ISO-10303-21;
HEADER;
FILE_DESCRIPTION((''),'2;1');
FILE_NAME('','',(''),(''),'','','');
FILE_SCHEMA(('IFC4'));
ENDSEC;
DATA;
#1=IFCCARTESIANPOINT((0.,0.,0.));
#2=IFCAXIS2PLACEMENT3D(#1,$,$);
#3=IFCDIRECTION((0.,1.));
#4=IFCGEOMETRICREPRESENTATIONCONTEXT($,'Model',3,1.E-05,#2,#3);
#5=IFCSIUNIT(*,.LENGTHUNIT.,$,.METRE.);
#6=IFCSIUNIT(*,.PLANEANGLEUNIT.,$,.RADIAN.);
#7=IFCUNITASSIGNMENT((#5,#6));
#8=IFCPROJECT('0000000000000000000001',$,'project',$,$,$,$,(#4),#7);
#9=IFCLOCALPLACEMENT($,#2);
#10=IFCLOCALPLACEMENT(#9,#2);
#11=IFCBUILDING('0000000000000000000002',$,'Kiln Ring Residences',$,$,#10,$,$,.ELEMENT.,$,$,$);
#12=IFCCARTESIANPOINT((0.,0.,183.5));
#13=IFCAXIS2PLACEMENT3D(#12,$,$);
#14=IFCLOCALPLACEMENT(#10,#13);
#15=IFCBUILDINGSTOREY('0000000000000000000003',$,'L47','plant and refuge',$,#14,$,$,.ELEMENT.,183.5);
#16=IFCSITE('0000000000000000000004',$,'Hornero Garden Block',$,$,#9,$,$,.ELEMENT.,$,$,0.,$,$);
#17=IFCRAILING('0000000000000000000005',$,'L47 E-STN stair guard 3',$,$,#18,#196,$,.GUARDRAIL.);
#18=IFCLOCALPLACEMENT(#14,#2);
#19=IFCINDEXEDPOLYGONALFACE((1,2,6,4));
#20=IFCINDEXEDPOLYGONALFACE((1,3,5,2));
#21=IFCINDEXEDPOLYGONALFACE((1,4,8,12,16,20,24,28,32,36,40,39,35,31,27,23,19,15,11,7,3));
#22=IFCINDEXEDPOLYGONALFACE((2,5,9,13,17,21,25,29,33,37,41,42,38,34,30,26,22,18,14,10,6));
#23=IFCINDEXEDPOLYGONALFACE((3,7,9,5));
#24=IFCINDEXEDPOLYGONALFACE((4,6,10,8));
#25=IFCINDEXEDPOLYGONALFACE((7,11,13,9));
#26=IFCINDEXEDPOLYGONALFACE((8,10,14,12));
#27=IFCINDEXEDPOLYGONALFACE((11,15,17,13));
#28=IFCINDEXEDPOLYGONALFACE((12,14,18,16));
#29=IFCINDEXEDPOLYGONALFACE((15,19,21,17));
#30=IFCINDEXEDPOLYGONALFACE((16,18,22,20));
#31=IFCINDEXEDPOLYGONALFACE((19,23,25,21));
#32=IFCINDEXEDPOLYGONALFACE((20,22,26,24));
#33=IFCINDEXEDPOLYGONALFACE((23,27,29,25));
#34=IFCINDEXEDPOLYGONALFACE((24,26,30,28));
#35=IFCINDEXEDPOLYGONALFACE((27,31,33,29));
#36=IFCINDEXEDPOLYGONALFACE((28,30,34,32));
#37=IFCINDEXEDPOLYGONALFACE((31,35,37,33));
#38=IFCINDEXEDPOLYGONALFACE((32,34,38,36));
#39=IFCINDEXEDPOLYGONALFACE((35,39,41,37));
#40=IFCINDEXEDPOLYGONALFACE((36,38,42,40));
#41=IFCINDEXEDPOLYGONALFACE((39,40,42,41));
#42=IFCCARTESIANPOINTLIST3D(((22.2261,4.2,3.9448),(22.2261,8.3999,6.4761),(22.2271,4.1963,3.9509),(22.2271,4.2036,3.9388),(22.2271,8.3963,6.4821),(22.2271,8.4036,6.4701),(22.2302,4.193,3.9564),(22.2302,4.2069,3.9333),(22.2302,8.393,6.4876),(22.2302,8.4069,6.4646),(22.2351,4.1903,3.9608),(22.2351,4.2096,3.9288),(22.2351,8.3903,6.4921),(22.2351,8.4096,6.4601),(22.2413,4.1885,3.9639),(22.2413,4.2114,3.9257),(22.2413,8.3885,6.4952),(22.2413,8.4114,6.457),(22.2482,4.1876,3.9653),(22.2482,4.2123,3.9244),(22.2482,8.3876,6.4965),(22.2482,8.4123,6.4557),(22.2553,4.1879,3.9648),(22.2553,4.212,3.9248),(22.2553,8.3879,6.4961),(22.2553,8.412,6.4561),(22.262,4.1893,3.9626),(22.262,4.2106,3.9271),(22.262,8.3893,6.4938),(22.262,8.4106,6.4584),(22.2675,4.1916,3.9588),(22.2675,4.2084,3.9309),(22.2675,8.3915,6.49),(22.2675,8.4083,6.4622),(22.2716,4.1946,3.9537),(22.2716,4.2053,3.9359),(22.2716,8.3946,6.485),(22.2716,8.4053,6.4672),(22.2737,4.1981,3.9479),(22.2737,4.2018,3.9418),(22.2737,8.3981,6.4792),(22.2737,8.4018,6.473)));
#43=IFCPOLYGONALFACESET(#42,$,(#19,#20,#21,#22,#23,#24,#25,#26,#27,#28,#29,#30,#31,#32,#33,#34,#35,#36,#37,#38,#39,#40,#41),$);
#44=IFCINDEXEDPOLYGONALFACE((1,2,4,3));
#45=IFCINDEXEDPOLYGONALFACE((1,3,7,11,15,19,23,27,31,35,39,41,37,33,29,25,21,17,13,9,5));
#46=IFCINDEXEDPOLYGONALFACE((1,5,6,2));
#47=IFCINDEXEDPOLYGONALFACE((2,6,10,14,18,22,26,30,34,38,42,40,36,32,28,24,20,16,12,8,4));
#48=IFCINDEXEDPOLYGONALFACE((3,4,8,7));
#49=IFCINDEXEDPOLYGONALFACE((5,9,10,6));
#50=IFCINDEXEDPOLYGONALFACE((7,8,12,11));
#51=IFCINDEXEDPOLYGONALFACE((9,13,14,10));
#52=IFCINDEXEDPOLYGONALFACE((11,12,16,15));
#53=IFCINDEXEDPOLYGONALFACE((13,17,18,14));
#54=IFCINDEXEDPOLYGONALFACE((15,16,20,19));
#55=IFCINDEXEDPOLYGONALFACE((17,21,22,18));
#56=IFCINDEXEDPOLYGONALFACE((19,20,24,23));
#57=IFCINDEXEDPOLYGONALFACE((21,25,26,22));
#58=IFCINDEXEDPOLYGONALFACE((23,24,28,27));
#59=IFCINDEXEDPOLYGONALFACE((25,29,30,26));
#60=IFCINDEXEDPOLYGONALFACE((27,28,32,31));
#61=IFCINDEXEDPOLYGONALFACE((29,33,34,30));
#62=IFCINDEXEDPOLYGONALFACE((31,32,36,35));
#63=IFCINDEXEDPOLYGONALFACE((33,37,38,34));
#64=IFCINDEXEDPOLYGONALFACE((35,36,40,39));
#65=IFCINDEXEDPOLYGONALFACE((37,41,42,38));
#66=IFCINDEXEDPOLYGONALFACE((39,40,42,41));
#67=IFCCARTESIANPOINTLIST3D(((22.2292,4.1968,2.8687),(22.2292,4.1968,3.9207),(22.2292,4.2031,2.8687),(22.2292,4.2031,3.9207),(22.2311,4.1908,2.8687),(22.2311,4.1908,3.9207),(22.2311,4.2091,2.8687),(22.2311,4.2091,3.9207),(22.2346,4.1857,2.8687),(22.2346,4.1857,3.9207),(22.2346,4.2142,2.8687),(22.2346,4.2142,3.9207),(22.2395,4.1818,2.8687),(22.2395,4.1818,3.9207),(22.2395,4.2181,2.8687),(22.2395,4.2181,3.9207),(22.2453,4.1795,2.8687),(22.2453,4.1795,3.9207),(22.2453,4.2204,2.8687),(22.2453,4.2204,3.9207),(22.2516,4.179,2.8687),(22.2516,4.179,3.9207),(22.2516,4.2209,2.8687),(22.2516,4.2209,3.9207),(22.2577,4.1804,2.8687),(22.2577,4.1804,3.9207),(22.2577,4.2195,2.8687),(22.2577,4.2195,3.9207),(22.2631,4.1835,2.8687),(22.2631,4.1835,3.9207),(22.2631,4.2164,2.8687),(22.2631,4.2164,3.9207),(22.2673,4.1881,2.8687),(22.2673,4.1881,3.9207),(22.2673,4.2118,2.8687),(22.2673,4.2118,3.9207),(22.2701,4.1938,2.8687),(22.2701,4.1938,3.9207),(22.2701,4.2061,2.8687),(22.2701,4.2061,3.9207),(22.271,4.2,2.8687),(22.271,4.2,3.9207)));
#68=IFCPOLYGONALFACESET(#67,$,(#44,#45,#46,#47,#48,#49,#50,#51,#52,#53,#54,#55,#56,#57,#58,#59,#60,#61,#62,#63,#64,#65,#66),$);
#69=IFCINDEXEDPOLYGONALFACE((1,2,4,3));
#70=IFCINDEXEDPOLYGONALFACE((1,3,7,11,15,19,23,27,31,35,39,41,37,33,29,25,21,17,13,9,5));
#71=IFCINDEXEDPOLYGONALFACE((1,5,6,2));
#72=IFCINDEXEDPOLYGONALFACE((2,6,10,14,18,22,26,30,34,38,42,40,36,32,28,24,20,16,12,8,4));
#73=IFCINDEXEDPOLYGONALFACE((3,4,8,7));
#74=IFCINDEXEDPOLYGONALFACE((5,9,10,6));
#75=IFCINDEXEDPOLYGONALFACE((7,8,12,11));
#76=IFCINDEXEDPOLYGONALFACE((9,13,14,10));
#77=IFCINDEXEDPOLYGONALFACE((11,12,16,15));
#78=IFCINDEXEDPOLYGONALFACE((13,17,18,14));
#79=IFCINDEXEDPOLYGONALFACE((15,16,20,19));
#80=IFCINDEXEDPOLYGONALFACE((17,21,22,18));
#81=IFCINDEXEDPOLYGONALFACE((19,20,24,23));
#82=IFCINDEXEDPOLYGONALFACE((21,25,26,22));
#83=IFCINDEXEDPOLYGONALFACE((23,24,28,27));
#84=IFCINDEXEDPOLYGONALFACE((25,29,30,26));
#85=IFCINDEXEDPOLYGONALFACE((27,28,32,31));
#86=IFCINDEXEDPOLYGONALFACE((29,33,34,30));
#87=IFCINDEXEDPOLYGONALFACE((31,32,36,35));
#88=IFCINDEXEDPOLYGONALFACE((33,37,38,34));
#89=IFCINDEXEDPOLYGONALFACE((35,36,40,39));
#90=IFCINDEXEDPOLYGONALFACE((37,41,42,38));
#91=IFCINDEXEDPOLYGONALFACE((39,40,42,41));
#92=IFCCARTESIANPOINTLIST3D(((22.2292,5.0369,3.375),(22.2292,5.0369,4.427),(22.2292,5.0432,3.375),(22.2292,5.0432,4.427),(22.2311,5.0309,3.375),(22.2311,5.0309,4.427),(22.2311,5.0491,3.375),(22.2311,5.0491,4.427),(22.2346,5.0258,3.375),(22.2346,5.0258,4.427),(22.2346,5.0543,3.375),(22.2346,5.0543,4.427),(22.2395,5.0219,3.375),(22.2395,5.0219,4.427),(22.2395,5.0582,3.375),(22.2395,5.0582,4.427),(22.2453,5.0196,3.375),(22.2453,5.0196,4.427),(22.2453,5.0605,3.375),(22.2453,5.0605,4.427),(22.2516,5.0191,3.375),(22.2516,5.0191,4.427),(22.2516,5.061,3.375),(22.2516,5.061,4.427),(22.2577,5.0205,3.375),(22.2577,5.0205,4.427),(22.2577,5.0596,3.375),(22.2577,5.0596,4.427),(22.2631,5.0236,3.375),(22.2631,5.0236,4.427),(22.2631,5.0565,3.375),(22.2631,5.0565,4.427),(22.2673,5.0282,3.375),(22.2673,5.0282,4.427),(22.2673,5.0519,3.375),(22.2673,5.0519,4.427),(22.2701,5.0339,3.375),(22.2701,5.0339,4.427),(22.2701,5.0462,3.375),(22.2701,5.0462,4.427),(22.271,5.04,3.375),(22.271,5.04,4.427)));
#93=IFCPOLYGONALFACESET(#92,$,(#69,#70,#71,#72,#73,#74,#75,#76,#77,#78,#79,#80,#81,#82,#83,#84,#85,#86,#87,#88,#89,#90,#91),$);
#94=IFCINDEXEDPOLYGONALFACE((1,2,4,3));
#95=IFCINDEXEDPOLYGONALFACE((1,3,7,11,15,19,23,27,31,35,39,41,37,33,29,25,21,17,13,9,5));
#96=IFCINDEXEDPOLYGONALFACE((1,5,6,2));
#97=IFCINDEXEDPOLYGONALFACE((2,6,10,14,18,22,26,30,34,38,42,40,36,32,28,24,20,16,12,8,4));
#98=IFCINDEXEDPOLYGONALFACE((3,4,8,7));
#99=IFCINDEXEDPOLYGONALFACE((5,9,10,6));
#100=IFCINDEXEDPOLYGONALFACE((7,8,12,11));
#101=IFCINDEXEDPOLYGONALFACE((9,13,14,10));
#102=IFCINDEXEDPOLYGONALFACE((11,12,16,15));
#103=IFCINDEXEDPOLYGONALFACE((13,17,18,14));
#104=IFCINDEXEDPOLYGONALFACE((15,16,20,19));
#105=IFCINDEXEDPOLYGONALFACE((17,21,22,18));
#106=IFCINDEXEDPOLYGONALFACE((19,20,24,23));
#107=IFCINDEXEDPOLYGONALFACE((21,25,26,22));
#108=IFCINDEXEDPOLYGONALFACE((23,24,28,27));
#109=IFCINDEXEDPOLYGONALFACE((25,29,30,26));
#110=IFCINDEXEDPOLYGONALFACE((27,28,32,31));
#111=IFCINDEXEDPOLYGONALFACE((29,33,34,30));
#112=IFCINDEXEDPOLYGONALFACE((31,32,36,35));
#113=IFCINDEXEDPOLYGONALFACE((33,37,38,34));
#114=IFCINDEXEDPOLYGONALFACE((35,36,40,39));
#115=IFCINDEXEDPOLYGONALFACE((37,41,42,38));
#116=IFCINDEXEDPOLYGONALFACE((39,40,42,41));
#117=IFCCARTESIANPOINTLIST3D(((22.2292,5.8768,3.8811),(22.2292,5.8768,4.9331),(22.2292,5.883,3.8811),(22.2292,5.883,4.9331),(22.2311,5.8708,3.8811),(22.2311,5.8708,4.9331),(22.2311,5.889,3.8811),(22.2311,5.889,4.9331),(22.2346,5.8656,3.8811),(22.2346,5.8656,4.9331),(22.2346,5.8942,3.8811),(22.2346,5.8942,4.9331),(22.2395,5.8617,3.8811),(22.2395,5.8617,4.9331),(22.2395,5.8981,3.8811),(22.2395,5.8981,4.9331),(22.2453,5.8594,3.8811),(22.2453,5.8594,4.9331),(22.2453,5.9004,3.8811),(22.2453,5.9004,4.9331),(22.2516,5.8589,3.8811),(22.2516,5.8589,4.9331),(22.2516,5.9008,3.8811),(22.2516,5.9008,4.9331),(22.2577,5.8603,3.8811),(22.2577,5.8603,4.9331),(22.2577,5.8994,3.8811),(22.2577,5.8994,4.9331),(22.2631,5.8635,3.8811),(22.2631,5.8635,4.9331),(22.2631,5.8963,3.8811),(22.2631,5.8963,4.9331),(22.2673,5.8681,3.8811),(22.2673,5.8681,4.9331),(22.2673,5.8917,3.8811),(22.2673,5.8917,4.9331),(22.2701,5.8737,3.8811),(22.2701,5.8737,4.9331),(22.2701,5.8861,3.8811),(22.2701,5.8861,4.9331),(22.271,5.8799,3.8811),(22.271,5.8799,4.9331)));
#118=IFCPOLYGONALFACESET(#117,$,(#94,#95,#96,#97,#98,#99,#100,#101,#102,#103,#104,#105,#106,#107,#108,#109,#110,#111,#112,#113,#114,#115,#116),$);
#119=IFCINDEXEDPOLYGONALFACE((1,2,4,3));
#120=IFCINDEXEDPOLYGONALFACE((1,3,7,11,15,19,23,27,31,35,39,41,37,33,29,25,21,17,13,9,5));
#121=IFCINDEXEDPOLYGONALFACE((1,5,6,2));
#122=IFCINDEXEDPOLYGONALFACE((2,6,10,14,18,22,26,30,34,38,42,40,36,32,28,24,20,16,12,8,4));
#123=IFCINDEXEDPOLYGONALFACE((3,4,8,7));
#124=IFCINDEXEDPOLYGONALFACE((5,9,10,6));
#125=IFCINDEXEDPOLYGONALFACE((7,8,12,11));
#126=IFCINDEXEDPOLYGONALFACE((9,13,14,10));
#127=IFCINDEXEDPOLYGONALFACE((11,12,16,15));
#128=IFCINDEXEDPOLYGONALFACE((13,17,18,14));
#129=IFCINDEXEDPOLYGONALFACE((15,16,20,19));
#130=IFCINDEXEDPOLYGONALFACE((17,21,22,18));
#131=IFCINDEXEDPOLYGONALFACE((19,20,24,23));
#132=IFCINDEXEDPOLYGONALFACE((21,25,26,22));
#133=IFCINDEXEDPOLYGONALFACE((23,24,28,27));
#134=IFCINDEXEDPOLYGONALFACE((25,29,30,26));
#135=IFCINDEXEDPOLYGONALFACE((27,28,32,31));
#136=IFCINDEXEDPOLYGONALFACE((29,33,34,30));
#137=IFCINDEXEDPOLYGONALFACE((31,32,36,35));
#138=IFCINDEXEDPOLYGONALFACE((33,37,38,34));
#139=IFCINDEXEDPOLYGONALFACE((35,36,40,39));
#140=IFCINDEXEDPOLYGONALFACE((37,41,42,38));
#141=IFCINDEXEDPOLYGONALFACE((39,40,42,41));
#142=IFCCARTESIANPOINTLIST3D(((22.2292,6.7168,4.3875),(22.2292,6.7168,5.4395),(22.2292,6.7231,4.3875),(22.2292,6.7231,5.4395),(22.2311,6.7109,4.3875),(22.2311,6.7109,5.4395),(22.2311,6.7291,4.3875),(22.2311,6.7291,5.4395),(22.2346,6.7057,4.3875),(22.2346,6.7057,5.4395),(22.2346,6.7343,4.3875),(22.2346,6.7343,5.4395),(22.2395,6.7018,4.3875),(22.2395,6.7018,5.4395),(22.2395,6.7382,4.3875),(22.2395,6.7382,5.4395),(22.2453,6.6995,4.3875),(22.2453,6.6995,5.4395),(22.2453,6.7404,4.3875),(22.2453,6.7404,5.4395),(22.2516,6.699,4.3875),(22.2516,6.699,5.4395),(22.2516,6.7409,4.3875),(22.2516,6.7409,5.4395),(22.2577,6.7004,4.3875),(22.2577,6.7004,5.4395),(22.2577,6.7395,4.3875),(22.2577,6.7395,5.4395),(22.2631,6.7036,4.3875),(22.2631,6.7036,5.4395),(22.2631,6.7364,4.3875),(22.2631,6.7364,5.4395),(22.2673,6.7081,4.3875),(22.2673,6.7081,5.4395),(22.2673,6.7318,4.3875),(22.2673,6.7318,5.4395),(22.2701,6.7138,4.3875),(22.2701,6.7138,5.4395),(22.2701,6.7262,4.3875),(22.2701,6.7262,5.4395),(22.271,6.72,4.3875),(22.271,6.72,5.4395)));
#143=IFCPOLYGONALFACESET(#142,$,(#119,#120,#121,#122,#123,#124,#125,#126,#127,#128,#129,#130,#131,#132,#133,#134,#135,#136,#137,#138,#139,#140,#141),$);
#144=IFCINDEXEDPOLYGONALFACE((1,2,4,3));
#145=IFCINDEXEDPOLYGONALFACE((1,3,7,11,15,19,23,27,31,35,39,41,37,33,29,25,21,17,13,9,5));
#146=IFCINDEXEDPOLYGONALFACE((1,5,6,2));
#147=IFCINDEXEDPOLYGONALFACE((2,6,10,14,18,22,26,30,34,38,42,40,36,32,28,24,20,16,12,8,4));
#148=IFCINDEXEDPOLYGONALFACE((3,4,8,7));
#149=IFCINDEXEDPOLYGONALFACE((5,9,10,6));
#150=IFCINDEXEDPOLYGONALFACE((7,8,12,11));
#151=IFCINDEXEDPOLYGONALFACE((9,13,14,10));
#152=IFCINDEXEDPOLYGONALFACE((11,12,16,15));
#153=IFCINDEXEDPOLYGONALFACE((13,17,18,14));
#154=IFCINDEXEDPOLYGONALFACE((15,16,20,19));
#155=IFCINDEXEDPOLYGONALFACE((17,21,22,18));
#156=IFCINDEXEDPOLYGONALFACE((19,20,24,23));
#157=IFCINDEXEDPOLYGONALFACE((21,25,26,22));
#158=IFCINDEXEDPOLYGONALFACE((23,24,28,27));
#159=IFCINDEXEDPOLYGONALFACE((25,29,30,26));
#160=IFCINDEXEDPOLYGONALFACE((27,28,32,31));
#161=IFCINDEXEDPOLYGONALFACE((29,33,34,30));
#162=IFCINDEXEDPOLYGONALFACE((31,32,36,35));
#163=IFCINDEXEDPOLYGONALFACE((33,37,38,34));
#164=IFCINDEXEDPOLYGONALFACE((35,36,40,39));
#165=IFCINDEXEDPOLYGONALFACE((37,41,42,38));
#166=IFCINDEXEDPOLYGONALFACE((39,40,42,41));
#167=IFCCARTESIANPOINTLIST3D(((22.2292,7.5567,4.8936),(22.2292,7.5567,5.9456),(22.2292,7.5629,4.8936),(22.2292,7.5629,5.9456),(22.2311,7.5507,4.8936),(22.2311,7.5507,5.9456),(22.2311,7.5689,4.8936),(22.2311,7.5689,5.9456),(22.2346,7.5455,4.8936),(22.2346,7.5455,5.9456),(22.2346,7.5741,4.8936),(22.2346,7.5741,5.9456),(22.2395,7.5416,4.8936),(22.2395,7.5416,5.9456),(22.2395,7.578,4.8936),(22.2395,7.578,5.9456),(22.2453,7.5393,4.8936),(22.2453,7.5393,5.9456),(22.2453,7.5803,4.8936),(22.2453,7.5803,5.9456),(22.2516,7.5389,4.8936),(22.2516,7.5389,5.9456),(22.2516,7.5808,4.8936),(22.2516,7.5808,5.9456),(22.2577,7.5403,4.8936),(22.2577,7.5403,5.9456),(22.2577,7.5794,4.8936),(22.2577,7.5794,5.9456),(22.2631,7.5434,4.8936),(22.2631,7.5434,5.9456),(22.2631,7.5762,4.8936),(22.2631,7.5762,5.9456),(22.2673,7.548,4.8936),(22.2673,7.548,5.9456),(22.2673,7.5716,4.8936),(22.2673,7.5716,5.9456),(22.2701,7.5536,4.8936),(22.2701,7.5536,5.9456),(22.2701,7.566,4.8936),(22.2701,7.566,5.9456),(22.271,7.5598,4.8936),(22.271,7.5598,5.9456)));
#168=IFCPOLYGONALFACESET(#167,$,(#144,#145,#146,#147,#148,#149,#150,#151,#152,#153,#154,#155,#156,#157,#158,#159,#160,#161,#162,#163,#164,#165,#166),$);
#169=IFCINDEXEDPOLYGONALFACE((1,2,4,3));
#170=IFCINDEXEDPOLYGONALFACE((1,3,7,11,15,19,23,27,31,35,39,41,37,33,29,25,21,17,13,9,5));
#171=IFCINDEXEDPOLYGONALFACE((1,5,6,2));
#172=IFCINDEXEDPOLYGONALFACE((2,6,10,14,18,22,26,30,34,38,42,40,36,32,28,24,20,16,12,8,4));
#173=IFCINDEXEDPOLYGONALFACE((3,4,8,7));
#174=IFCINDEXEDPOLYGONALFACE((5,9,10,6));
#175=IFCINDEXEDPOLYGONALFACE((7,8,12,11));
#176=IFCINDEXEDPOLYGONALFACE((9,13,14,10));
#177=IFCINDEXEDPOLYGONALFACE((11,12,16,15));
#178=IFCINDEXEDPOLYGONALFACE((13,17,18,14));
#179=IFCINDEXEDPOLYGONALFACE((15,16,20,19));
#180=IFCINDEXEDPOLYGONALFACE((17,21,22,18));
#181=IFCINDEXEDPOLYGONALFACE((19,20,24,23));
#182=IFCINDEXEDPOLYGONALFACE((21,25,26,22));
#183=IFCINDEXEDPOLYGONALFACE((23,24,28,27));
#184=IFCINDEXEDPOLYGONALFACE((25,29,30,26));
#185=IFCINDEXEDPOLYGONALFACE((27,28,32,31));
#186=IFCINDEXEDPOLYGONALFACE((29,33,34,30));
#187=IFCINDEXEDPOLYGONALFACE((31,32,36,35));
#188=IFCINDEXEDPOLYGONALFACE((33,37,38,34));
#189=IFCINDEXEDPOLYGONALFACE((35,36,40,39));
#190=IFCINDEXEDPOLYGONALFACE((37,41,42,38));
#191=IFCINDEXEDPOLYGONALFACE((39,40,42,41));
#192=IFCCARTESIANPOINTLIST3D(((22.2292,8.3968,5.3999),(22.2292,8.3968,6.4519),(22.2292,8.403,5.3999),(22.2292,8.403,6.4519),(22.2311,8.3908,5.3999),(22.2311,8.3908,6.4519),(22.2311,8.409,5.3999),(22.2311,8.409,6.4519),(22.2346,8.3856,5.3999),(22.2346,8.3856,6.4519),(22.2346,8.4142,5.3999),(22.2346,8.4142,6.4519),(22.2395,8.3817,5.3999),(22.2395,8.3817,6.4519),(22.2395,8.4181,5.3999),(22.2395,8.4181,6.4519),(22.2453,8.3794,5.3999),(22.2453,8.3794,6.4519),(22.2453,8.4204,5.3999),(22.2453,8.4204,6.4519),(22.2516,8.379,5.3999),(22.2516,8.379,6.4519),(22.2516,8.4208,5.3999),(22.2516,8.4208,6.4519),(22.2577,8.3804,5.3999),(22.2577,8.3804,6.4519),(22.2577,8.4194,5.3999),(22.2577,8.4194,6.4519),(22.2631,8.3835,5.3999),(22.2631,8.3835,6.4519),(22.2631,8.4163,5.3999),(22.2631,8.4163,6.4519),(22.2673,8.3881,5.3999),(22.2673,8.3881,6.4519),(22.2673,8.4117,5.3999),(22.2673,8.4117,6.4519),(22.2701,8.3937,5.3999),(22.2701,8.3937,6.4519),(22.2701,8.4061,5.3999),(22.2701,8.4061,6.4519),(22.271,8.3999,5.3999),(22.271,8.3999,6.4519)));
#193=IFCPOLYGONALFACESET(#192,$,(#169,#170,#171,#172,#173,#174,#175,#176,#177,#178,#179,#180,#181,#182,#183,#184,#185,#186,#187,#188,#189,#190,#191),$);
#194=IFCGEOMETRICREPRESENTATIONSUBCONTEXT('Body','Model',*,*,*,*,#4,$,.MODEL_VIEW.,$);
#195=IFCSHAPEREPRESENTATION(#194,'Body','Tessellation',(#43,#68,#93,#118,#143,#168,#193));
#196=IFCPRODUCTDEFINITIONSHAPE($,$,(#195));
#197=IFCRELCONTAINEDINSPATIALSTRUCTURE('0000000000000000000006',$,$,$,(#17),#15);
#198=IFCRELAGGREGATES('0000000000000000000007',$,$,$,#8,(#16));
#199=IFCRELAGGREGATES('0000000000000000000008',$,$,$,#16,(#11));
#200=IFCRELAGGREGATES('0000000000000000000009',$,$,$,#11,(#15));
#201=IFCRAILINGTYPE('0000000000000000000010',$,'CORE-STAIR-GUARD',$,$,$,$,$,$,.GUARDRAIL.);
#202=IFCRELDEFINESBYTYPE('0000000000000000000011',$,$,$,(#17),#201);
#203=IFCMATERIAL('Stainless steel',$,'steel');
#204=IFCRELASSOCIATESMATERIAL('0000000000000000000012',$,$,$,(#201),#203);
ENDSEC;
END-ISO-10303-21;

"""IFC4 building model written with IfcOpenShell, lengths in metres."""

from ifc_helpers import new_model, si_unit, direction, frame, origin, origin_2d, place, context, subcontext, project, spatial, circle, extrude, material, type_object, element, save


model = new_model("IFC4")

# Units and contexts
model_context = context("Model", 3, precision=1e-05, world=origin(), true_north=direction((0.0, 1.0)))
body_context = subcontext(model_context, "Body", "Model", "MODEL_VIEW")
ifc_project = project(units=[si_unit("LENGTHUNIT", "METRE"), si_unit("PLANEANGLEUNIT", "RADIAN")], contexts=[model_context])

# Site, building, storey
site_placement = place(None, origin())
site = spatial("IfcSite", under=ifc_project, at=site_placement, Name="Hornero Garden Block", CompositionType="ELEMENT", RefElevation=0.0)
building_placement = place(site_placement, origin())
building = spatial("IfcBuilding", under=site, at=building_placement, Name="Kiln Ring Residences", CompositionType="ELEMENT")
storey_placement = place(building_placement, frame((0.0, 0.0, 183.5)))
storey = spatial("IfcBuildingStorey", under=building, at=storey_placement, Name="L47", Description="plant and refuge", CompositionType="ELEMENT", Elevation=183.5)

# Railing
ifc_material_1 = material(Name="Stainless steel", Category="steel")
railing_type_1 = type_object("IfcRailingType", Name="CORE-STAIR-GUARD", PredefinedType="GUARDRAIL", material=ifc_material_1)
railing_1_placement = place(storey_placement, frame((22.25, 4.2, 2.8687)))
element("IfcRailing", 1, at=railing_1_placement, inside=storey, type_object=railing_type_1, Name="L47 E-STN stair guard 3", PredefinedType="GUARDRAIL", context=body_context, shape_type="SweptSolid", body=[
    extrude(circle(Radius=0.0239, at=origin_2d()), frame((0.0, 0.0, 1.0762), z_axis=(0.0, 0.856476, 0.516186), x_axis=(-1.0, 0.0, 0.0)), (0.0, 0.0, 1.0), 4.9038),
    extrude(circle(Radius=0.021, at=origin_2d()), origin(), (0.0, 0.0, 1.0), 1.052),
    extrude(circle(Radius=0.021, at=origin_2d()), frame((0.0, 0.8401, 0.5063)), (0.0, 0.0, 1.0), 1.052),
    extrude(circle(Radius=0.021, at=origin_2d()), frame((0.0, 1.6799, 1.0125)), (0.0, 0.0, 1.0), 1.052),
    extrude(circle(Radius=0.021, at=origin_2d()), frame((0.0, 2.52, 1.5188)), (0.0, 0.0, 1.0), 1.052),
    extrude(circle(Radius=0.021, at=origin_2d()), frame((0.0, 3.3599, 2.0249)), (0.0, 0.0, 1.0), 1.052),
    extrude(circle(Radius=0.021, at=origin_2d()), frame((0.0, 4.2, 2.5312)), (0.0, 0.0, 1.0), 1.052),
])

save(model, "model.ifc")
